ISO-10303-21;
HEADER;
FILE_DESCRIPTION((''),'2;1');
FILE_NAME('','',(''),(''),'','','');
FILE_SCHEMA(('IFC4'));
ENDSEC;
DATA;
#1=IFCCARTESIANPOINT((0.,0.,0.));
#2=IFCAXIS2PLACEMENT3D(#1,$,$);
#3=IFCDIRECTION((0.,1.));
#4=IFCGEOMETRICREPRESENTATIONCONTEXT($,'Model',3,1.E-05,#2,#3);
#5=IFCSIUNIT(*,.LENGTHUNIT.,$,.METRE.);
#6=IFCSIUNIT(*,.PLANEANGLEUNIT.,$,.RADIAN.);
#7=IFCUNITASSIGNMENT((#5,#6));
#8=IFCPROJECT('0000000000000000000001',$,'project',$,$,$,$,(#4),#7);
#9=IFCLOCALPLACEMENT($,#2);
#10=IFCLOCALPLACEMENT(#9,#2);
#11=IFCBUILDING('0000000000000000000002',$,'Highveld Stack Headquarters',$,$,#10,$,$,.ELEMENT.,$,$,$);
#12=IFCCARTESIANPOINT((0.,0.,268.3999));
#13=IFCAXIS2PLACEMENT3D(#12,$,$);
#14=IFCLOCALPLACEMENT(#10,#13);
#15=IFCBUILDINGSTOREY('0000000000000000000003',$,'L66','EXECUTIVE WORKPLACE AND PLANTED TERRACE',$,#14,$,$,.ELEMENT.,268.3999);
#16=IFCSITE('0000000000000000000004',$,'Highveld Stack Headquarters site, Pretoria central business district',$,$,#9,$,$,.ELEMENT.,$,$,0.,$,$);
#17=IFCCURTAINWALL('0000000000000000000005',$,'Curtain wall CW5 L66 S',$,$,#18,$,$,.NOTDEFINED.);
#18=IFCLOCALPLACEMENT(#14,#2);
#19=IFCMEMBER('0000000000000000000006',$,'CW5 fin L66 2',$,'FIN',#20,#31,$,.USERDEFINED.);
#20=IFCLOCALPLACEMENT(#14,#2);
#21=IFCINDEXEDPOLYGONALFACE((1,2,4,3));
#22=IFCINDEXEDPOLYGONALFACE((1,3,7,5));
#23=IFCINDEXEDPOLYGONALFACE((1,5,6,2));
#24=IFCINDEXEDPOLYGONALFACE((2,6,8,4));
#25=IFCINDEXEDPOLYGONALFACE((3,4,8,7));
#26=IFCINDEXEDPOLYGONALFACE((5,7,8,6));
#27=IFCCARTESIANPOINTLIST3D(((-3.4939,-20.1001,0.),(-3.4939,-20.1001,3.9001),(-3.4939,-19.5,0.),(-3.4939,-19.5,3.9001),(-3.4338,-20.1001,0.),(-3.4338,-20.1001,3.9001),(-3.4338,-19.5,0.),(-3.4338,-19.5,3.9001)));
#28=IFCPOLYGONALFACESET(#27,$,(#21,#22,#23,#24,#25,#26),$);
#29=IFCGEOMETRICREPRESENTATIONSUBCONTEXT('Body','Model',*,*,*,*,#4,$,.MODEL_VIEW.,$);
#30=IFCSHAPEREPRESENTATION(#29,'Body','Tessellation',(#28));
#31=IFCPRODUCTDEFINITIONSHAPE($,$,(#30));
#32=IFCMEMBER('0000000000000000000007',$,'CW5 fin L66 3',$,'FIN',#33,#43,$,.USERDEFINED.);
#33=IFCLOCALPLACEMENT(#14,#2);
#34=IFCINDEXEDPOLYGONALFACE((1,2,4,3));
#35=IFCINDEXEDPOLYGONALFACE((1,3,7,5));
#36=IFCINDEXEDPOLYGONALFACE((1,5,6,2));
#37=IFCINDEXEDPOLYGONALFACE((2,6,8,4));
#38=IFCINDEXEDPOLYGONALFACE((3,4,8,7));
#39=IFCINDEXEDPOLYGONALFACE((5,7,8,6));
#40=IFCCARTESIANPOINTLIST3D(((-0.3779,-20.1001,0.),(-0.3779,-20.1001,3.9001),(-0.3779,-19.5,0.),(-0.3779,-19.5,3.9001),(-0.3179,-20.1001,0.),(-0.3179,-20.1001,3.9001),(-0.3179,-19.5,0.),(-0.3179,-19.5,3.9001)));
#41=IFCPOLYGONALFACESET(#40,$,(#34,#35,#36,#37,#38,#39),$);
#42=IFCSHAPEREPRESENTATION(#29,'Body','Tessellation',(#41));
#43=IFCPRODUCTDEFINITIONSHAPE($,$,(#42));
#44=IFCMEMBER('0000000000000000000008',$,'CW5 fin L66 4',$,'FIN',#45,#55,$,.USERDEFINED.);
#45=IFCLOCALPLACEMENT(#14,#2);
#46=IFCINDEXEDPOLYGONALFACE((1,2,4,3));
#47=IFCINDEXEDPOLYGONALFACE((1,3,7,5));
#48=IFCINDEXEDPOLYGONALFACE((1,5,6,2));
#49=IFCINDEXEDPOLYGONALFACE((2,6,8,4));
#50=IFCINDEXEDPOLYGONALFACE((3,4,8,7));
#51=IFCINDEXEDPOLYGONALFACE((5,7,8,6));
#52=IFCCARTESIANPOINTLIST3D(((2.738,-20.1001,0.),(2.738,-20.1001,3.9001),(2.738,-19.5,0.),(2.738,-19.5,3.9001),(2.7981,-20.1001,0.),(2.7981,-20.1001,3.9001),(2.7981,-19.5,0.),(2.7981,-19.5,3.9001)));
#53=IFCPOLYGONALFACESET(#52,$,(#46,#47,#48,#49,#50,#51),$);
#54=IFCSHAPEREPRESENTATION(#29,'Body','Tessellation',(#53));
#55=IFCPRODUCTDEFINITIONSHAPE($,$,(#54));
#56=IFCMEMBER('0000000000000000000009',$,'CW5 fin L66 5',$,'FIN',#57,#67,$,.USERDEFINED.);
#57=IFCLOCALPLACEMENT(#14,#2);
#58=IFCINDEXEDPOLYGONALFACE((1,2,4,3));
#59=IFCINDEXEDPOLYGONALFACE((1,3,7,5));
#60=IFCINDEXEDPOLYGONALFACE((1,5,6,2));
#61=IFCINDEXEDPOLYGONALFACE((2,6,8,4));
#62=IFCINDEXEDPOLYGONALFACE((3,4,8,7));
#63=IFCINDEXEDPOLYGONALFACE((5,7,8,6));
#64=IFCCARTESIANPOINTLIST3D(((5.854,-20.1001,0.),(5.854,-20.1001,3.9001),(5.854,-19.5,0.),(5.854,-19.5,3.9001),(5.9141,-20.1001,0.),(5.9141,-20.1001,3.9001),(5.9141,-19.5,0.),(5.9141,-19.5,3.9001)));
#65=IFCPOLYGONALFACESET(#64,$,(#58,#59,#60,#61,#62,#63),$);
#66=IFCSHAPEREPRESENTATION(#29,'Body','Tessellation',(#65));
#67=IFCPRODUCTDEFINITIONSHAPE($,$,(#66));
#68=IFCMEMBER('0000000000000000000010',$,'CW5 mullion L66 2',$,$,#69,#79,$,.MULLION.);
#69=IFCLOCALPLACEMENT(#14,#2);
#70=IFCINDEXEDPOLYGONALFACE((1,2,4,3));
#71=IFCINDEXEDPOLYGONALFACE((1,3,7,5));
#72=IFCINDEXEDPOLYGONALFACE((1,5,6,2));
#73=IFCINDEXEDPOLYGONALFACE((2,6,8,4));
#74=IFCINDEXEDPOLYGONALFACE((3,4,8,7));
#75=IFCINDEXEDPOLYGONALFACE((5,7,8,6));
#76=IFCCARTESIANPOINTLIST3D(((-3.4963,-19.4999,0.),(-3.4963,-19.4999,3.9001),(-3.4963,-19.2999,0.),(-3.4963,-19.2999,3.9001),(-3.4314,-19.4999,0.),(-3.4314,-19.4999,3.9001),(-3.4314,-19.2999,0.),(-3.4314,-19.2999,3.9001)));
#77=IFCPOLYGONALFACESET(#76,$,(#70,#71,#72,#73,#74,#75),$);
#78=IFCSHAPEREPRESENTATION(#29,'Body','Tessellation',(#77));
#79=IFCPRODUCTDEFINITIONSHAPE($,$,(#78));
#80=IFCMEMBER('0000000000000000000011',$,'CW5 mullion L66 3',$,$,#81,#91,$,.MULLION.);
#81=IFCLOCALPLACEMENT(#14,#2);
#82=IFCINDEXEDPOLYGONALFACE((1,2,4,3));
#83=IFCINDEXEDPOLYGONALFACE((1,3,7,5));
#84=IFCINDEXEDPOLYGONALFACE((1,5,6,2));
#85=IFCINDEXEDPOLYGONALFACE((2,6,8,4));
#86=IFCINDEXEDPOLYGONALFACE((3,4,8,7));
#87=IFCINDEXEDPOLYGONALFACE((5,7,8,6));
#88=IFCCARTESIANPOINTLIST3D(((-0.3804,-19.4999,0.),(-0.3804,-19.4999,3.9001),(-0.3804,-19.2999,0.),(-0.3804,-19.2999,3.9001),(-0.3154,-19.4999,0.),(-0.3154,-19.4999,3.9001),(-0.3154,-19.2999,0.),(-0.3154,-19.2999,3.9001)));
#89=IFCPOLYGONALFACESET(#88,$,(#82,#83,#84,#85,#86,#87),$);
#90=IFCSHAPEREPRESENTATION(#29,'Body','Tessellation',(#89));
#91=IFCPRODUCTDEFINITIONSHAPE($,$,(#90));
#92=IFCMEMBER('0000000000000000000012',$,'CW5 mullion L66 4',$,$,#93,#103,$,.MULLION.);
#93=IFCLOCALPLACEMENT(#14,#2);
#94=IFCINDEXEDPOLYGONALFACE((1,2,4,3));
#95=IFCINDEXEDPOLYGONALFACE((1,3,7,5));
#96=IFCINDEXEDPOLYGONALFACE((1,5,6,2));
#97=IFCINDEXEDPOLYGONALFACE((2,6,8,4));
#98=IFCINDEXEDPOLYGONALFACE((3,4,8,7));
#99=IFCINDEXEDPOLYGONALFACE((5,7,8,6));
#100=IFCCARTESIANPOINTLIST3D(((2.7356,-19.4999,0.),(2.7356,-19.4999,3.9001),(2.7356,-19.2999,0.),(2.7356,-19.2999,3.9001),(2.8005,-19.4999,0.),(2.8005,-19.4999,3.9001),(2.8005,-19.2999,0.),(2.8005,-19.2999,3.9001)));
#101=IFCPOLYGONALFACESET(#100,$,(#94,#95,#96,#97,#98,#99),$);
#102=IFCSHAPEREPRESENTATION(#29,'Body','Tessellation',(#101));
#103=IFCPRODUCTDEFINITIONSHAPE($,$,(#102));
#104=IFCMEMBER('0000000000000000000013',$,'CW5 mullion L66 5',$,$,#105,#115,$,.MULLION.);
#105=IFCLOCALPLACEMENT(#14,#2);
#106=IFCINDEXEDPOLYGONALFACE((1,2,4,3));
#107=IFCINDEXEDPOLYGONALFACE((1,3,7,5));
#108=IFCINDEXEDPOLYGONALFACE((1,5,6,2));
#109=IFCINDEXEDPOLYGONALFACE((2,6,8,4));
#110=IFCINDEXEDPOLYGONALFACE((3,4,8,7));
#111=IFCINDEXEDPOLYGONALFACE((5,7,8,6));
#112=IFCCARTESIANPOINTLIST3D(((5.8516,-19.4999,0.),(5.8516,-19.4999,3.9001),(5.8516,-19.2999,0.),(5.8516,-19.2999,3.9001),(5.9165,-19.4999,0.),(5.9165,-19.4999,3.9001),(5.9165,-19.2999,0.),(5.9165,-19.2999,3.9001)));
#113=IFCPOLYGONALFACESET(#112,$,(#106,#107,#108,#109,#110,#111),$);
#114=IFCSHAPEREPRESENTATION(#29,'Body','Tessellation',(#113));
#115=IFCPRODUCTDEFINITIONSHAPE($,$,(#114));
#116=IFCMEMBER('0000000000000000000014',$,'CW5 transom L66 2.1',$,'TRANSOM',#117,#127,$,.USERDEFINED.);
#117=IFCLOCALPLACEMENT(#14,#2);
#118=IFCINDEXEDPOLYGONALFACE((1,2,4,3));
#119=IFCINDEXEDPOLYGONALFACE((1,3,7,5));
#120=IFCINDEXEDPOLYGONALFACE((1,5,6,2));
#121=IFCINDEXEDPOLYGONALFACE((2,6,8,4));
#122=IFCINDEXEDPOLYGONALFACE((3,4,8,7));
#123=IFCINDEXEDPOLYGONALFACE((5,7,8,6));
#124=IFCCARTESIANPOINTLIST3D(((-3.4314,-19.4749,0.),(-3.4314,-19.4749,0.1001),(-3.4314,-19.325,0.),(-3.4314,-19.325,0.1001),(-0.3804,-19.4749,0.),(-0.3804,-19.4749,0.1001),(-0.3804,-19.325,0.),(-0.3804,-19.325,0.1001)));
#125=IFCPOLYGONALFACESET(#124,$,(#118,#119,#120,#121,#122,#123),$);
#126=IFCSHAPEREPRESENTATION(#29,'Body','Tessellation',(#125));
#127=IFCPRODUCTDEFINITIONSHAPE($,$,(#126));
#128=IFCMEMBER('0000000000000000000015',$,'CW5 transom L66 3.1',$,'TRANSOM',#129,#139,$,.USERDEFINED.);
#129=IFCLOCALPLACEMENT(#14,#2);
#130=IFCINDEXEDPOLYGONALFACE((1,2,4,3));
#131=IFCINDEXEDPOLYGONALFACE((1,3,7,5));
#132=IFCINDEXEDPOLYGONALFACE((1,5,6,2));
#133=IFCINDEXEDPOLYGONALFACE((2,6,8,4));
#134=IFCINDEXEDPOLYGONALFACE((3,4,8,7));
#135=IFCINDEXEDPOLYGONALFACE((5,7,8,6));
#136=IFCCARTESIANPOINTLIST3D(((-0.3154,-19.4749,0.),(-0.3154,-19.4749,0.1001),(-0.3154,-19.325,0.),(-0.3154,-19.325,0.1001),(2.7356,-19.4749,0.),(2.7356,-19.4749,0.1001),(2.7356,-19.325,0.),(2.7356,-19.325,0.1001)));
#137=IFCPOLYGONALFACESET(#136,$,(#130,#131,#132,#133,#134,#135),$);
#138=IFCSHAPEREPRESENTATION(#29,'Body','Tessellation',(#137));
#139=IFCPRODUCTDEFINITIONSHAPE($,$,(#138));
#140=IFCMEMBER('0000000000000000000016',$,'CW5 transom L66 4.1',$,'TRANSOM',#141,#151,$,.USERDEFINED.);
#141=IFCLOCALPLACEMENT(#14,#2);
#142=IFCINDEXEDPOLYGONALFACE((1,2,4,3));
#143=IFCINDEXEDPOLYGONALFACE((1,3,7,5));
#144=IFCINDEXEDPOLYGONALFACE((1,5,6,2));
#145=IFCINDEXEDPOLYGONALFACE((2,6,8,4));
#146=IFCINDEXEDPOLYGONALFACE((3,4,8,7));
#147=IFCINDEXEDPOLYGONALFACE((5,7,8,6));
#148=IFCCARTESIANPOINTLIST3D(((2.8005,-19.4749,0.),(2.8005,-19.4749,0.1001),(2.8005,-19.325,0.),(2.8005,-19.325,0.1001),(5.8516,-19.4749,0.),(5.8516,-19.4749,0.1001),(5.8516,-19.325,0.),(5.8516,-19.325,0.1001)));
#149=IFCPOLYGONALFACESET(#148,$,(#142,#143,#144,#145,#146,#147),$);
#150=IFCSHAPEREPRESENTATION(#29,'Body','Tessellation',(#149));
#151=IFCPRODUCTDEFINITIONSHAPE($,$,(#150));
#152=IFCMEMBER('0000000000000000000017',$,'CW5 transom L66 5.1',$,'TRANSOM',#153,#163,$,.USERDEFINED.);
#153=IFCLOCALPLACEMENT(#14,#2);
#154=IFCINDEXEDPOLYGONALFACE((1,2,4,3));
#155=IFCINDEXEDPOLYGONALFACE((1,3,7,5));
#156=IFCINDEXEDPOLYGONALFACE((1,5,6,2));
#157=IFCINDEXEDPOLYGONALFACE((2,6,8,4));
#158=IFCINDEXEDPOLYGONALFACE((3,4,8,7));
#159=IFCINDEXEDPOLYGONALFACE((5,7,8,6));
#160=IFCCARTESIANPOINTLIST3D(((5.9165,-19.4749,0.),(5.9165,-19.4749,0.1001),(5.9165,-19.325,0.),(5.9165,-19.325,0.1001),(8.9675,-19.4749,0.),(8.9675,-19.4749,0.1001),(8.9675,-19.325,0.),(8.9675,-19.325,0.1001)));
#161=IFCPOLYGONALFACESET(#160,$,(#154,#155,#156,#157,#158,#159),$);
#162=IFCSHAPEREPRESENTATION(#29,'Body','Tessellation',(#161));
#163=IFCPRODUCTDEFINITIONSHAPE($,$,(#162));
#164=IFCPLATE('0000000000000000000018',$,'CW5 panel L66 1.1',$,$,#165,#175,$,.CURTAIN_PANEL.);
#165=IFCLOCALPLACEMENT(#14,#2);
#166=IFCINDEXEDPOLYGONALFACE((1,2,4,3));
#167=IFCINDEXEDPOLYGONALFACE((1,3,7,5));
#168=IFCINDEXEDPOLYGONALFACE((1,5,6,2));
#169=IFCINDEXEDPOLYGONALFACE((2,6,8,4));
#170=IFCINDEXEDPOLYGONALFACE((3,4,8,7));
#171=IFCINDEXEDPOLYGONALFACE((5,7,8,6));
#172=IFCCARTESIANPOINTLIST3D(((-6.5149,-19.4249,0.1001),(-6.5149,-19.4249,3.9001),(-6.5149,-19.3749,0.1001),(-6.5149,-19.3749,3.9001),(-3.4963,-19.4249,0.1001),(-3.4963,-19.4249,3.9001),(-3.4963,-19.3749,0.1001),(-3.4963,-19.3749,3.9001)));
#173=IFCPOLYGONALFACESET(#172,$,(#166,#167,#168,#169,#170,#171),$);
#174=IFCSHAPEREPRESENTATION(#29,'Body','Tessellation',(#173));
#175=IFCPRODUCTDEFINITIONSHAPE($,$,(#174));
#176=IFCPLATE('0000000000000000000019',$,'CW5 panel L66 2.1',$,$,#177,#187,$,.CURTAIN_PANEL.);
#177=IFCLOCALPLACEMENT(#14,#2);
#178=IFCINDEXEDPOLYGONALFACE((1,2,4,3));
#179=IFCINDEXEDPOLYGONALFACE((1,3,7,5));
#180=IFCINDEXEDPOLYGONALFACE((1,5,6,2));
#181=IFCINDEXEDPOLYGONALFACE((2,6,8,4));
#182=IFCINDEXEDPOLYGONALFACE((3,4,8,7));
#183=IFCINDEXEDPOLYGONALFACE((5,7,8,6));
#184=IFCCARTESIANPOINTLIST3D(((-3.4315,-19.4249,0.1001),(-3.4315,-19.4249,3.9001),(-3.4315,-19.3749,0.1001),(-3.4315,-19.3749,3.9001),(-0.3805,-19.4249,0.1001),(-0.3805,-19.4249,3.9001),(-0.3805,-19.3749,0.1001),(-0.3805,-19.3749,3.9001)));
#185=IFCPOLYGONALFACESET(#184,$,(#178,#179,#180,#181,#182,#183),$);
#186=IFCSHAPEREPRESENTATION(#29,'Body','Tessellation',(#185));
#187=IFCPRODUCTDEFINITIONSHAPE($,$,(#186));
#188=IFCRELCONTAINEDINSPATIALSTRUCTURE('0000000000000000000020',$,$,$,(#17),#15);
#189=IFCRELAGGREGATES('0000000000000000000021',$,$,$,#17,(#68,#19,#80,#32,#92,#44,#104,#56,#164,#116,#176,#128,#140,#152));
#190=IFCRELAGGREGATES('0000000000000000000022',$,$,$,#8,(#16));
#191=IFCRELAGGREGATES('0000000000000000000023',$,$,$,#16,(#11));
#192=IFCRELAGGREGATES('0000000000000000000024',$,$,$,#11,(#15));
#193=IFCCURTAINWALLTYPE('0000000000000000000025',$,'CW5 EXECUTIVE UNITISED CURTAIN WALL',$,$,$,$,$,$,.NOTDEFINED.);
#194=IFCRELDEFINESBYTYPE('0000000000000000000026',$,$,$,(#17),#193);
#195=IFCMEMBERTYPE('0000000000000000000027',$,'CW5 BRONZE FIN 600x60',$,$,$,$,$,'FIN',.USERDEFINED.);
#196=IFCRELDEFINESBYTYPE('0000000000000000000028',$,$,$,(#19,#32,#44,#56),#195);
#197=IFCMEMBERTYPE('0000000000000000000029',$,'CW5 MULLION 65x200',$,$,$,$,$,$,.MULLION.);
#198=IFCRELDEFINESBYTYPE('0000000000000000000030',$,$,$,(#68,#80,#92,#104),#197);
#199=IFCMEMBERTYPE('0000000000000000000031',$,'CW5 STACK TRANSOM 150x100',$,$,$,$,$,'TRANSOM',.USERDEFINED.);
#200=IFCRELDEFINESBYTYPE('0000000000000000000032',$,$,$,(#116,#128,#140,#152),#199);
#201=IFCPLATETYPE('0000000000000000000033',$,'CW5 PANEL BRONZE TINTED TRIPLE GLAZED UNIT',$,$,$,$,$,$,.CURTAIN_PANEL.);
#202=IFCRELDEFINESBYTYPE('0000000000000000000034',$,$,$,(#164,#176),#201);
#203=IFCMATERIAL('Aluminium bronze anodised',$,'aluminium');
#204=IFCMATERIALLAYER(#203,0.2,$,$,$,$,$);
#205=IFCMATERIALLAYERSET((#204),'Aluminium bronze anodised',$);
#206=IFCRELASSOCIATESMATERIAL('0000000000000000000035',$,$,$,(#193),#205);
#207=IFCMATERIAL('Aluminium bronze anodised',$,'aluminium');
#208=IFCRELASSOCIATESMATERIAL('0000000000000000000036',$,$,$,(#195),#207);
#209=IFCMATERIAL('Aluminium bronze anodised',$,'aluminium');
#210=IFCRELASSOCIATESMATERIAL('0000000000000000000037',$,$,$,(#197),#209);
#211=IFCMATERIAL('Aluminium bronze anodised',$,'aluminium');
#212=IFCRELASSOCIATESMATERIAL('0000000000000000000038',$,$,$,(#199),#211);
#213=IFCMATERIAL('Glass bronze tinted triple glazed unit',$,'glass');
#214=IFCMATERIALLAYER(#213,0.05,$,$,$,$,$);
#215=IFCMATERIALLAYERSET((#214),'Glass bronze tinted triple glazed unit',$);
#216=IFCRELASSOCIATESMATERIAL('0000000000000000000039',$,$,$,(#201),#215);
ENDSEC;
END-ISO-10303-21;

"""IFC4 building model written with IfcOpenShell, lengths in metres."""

from ifc_helpers import new_model, si_unit, direction, frame, origin, origin_2d, place, context, subcontext, project, spatial, rectangle, extrude, material, layer, layer_set, material_profile, profile_set, type_object, element, aggregate, save


model = new_model("IFC4")

# Units and contexts
model_context = context("Model", 3, precision=1e-05, world=origin(), true_north=direction((0.0, 1.0)))
body_context = subcontext(model_context, "Body", "Model", "MODEL_VIEW")
ifc_project = project(units=[si_unit("LENGTHUNIT", "METRE"), si_unit("PLANEANGLEUNIT", "RADIAN")], contexts=[model_context])

# Site, building, storey
site_placement = place(None, origin())
site = spatial("IfcSite", under=ifc_project, at=site_placement, Name="Highveld Stack Headquarters site, Pretoria central business district", CompositionType="ELEMENT", RefElevation=0.0)
building_placement = place(site_placement, origin())
building = spatial("IfcBuilding", under=site, at=building_placement, Name="Highveld Stack Headquarters", CompositionType="ELEMENT")
storey_placement = place(building_placement, frame((0.0, 0.0, 268.3999)))
storey = spatial("IfcBuildingStorey", under=building, at=storey_placement, Name="L66", Description="EXECUTIVE WORKPLACE AND PLANTED TERRACE", CompositionType="ELEMENT", Elevation=268.3999)

# Curtain wall, members, plates
ifc_material_1 = material(Name="Aluminium bronze anodised", Category="aluminium")
ifc_layer_1 = layer(ifc_material_1, 0.2)
ifc_layer_set_1 = layer_set([ifc_layer_1], Name="Aluminium bronze anodised")
curtain_wall_type = type_object("IfcCurtainWallType", Name="CW5 EXECUTIVE UNITISED CURTAIN WALL", PredefinedType="NOTDEFINED", material=ifc_layer_set_1)
curtain_wall_placement = place(storey_placement, origin())
curtain_wall = element("IfcCurtainWall", 1, at=curtain_wall_placement, inside=storey, type_object=curtain_wall_type, Name="Curtain wall CW5 L66 S", PredefinedType="NOTDEFINED")
ifc_material_2 = material(Name="Aluminium bronze anodised", Category="aluminium")
ifc_material_profile_1 = material_profile(ifc_material_2, rectangle(XDim=0.6001, YDim=0.0601, at=origin_2d()), Name="FIN 600x60")
ifc_profile_set_1 = profile_set([ifc_material_profile_1], Name="Aluminium bronze anodised")
member_type_1 = type_object("IfcMemberType", Name="CW5 BRONZE FIN 600x60", ElementType="FIN", PredefinedType="USERDEFINED", material=ifc_profile_set_1)
member_1_placement = place(storey_placement, frame((-3.4639, -19.8, 0.0), z_axis=(0.0, 0.0, 1.0), x_axis=(0.0, 1.0, 0.0)))
member_1 = element("IfcMember", 2, at=member_1_placement, type_object=member_type_1, Name="CW5 fin L66 2", ObjectType="FIN", PredefinedType="USERDEFINED", context=body_context, shape_type="SweptSolid", body=[
    extrude(rectangle(XDim=0.6001, YDim=0.0601, at=origin_2d()), origin(), (0.0, 0.0, 1.0), 3.9001),
])
member_2_placement = place(storey_placement, frame((-0.3479, -19.8, 0.0), z_axis=(0.0, 0.0, 1.0), x_axis=(0.0, 1.0, 0.0)))
member_2 = element("IfcMember", 3, at=member_2_placement, type_object=member_type_1, Name="CW5 fin L66 3", ObjectType="FIN", PredefinedType="USERDEFINED", context=body_context, shape_type="SweptSolid", body=[
    extrude(rectangle(XDim=0.6001, YDim=0.0601, at=origin_2d()), origin(), (0.0, 0.0, 1.0), 3.9001),
])
member_3_placement = place(storey_placement, frame((2.7681, -19.8, 0.0), z_axis=(0.0, 0.0, 1.0), x_axis=(0.0, 1.0, 0.0)))
member_3 = element("IfcMember", 4, at=member_3_placement, type_object=member_type_1, Name="CW5 fin L66 4", ObjectType="FIN", PredefinedType="USERDEFINED", context=body_context, shape_type="SweptSolid", body=[
    extrude(rectangle(XDim=0.6001, YDim=0.0601, at=origin_2d()), origin(), (0.0, 0.0, 1.0), 3.9001),
])
member_4_placement = place(storey_placement, frame((5.884, -19.8, 0.0), z_axis=(0.0, 0.0, 1.0), x_axis=(0.0, 1.0, 0.0)))
member_4 = element("IfcMember", 5, at=member_4_placement, type_object=member_type_1, Name="CW5 fin L66 5", ObjectType="FIN", PredefinedType="USERDEFINED", context=body_context, shape_type="SweptSolid", body=[
    extrude(rectangle(XDim=0.6001, YDim=0.0601, at=origin_2d()), origin(), (0.0, 0.0, 1.0), 3.9001),
])
ifc_material_3 = material(Name="Aluminium bronze anodised", Category="aluminium")
ifc_material_profile_2 = material_profile(ifc_material_3, rectangle(XDim=0.2, YDim=0.0649, at=origin_2d()), Name="CW5 MULLION 65x200")
ifc_profile_set_2 = profile_set([ifc_material_profile_2], Name="Aluminium bronze anodised")
member_type_2 = type_object("IfcMemberType", Name="CW5 MULLION 65x200", PredefinedType="MULLION", material=ifc_profile_set_2)
member_5_placement = place(storey_placement, frame((-3.4639, -19.3999, 0.0), z_axis=(0.0, 0.0, 1.0), x_axis=(0.0, 1.0, 0.0)))
member_5 = element("IfcMember", 6, at=member_5_placement, type_object=member_type_2, Name="CW5 mullion L66 2", PredefinedType="MULLION", context=body_context, shape_type="SweptSolid", body=[
    extrude(rectangle(XDim=0.2, YDim=0.0649, at=origin_2d()), origin(), (0.0, 0.0, 1.0), 3.9001),
])
member_6_placement = place(storey_placement, frame((-0.3479, -19.3999, 0.0), z_axis=(0.0, 0.0, 1.0), x_axis=(0.0, 1.0, 0.0)))
member_6 = element("IfcMember", 7, at=member_6_placement, type_object=member_type_2, Name="CW5 mullion L66 3", PredefinedType="MULLION", context=body_context, shape_type="SweptSolid", body=[
    extrude(rectangle(XDim=0.2, YDim=0.0649, at=origin_2d()), origin(), (0.0, 0.0, 1.0), 3.9001),
])
member_7_placement = place(storey_placement, frame((2.7681, -19.3999, 0.0), z_axis=(0.0, 0.0, 1.0), x_axis=(0.0, 1.0, 0.0)))
member_7 = element("IfcMember", 8, at=member_7_placement, type_object=member_type_2, Name="CW5 mullion L66 4", PredefinedType="MULLION", context=body_context, shape_type="SweptSolid", body=[
    extrude(rectangle(XDim=0.2, YDim=0.0649, at=origin_2d()), origin(), (0.0, 0.0, 1.0), 3.9001),
])
member_8_placement = place(storey_placement, frame((5.884, -19.3999, 0.0), z_axis=(0.0, 0.0, 1.0), x_axis=(0.0, 1.0, 0.0)))
member_8 = element("IfcMember", 9, at=member_8_placement, type_object=member_type_2, Name="CW5 mullion L66 5", PredefinedType="MULLION", context=body_context, shape_type="SweptSolid", body=[
    extrude(rectangle(XDim=0.2, YDim=0.0649, at=origin_2d()), origin(), (0.0, 0.0, 1.0), 3.9001),
])
ifc_material_4 = material(Name="Aluminium bronze anodised", Category="aluminium")
ifc_material_profile_3 = material_profile(ifc_material_4, rectangle(XDim=0.1499, YDim=0.1001, at=origin_2d()), Name="CW5 TRANSOM 150x100")
ifc_profile_set_3 = profile_set([ifc_material_profile_3], Name="Aluminium bronze anodised")
member_type_3 = type_object("IfcMemberType", Name="CW5 STACK TRANSOM 150x100", ElementType="TRANSOM", PredefinedType="USERDEFINED", material=ifc_profile_set_3)
member_9_placement = place(storey_placement, frame((-3.4314, -19.3999, 0.05), z_axis=(1.0, 0.0, 0.0), x_axis=(0.0, 1.0, 0.0)))
member_9 = element("IfcMember", 10, at=member_9_placement, type_object=member_type_3, Name="CW5 transom L66 2.1", ObjectType="TRANSOM", PredefinedType="USERDEFINED", context=body_context, shape_type="SweptSolid", body=[
    extrude(rectangle(XDim=0.1499, YDim=0.1001, at=origin_2d()), origin(), (0.0, 0.0, 1.0), 3.051),
])
member_10_placement = place(storey_placement, frame((-0.3154, -19.3999, 0.05), z_axis=(1.0, 0.0, 0.0), x_axis=(0.0, 1.0, 0.0)))
member_10 = element("IfcMember", 11, at=member_10_placement, type_object=member_type_3, Name="CW5 transom L66 3.1", ObjectType="TRANSOM", PredefinedType="USERDEFINED", context=body_context, shape_type="SweptSolid", body=[
    extrude(rectangle(XDim=0.1499, YDim=0.1001, at=origin_2d()), origin(), (0.0, 0.0, 1.0), 3.051),
])
member_11_placement = place(storey_placement, frame((2.8005, -19.3999, 0.05), z_axis=(1.0, 0.0, 0.0), x_axis=(0.0, 1.0, 0.0)))
member_11 = element("IfcMember", 12, at=member_11_placement, type_object=member_type_3, Name="CW5 transom L66 4.1", ObjectType="TRANSOM", PredefinedType="USERDEFINED", context=body_context, shape_type="SweptSolid", body=[
    extrude(rectangle(XDim=0.1499, YDim=0.1001, at=origin_2d()), origin(), (0.0, 0.0, 1.0), 3.051),
])
member_12_placement = place(storey_placement, frame((5.9165, -19.3999, 0.05), z_axis=(1.0, 0.0, 0.0), x_axis=(0.0, 1.0, 0.0)))
member_12 = element("IfcMember", 13, at=member_12_placement, type_object=member_type_3, Name="CW5 transom L66 5.1", ObjectType="TRANSOM", PredefinedType="USERDEFINED", context=body_context, shape_type="SweptSolid", body=[
    extrude(rectangle(XDim=0.1499, YDim=0.1001, at=origin_2d()), origin(), (0.0, 0.0, 1.0), 3.051),
])
ifc_material_5 = material(Name="Glass bronze tinted triple glazed unit", Category="glass")
ifc_layer_2 = layer(ifc_material_5, 0.05)
ifc_layer_set_2 = layer_set([ifc_layer_2], Name="Glass bronze tinted triple glazed unit")
plate_type = type_object("IfcPlateType", Name="CW5 PANEL BRONZE TINTED TRIPLE GLAZED UNIT", PredefinedType="CURTAIN_PANEL", material=ifc_layer_set_2)
plate_1_placement = place(storey_placement, frame((-5.0056, -19.3999, 0.1001), z_axis=(0.0, 0.0, 1.0), x_axis=(1.0, 0.0, 0.0)))
plate_1 = element("IfcPlate", 14, at=plate_1_placement, type_object=plate_type, Name="CW5 panel L66 1.1", PredefinedType="CURTAIN_PANEL", context=body_context, shape_type="SweptSolid", body=[
    extrude(rectangle(XDim=3.0186, YDim=0.05, at=origin_2d()), origin(), (0.0, 0.0, 1.0), 3.8),
])
plate_2_placement = place(storey_placement, frame((-1.906, -19.3999, 0.1001), z_axis=(0.0, 0.0, 1.0), x_axis=(1.0, 0.0, 0.0)))
plate_2 = element("IfcPlate", 15, at=plate_2_placement, type_object=plate_type, Name="CW5 panel L66 2.1", PredefinedType="CURTAIN_PANEL", context=body_context, shape_type="SweptSolid", body=[
    extrude(rectangle(XDim=3.051, YDim=0.05, at=origin_2d()), origin(), (0.0, 0.0, 1.0), 3.8),
])
aggregate(curtain_wall, [member_5, member_1, member_6, member_2, member_7, member_3, member_8, member_4, plate_1, member_9, plate_2, member_10, member_11, member_12])

save(model, "model.ifc")
